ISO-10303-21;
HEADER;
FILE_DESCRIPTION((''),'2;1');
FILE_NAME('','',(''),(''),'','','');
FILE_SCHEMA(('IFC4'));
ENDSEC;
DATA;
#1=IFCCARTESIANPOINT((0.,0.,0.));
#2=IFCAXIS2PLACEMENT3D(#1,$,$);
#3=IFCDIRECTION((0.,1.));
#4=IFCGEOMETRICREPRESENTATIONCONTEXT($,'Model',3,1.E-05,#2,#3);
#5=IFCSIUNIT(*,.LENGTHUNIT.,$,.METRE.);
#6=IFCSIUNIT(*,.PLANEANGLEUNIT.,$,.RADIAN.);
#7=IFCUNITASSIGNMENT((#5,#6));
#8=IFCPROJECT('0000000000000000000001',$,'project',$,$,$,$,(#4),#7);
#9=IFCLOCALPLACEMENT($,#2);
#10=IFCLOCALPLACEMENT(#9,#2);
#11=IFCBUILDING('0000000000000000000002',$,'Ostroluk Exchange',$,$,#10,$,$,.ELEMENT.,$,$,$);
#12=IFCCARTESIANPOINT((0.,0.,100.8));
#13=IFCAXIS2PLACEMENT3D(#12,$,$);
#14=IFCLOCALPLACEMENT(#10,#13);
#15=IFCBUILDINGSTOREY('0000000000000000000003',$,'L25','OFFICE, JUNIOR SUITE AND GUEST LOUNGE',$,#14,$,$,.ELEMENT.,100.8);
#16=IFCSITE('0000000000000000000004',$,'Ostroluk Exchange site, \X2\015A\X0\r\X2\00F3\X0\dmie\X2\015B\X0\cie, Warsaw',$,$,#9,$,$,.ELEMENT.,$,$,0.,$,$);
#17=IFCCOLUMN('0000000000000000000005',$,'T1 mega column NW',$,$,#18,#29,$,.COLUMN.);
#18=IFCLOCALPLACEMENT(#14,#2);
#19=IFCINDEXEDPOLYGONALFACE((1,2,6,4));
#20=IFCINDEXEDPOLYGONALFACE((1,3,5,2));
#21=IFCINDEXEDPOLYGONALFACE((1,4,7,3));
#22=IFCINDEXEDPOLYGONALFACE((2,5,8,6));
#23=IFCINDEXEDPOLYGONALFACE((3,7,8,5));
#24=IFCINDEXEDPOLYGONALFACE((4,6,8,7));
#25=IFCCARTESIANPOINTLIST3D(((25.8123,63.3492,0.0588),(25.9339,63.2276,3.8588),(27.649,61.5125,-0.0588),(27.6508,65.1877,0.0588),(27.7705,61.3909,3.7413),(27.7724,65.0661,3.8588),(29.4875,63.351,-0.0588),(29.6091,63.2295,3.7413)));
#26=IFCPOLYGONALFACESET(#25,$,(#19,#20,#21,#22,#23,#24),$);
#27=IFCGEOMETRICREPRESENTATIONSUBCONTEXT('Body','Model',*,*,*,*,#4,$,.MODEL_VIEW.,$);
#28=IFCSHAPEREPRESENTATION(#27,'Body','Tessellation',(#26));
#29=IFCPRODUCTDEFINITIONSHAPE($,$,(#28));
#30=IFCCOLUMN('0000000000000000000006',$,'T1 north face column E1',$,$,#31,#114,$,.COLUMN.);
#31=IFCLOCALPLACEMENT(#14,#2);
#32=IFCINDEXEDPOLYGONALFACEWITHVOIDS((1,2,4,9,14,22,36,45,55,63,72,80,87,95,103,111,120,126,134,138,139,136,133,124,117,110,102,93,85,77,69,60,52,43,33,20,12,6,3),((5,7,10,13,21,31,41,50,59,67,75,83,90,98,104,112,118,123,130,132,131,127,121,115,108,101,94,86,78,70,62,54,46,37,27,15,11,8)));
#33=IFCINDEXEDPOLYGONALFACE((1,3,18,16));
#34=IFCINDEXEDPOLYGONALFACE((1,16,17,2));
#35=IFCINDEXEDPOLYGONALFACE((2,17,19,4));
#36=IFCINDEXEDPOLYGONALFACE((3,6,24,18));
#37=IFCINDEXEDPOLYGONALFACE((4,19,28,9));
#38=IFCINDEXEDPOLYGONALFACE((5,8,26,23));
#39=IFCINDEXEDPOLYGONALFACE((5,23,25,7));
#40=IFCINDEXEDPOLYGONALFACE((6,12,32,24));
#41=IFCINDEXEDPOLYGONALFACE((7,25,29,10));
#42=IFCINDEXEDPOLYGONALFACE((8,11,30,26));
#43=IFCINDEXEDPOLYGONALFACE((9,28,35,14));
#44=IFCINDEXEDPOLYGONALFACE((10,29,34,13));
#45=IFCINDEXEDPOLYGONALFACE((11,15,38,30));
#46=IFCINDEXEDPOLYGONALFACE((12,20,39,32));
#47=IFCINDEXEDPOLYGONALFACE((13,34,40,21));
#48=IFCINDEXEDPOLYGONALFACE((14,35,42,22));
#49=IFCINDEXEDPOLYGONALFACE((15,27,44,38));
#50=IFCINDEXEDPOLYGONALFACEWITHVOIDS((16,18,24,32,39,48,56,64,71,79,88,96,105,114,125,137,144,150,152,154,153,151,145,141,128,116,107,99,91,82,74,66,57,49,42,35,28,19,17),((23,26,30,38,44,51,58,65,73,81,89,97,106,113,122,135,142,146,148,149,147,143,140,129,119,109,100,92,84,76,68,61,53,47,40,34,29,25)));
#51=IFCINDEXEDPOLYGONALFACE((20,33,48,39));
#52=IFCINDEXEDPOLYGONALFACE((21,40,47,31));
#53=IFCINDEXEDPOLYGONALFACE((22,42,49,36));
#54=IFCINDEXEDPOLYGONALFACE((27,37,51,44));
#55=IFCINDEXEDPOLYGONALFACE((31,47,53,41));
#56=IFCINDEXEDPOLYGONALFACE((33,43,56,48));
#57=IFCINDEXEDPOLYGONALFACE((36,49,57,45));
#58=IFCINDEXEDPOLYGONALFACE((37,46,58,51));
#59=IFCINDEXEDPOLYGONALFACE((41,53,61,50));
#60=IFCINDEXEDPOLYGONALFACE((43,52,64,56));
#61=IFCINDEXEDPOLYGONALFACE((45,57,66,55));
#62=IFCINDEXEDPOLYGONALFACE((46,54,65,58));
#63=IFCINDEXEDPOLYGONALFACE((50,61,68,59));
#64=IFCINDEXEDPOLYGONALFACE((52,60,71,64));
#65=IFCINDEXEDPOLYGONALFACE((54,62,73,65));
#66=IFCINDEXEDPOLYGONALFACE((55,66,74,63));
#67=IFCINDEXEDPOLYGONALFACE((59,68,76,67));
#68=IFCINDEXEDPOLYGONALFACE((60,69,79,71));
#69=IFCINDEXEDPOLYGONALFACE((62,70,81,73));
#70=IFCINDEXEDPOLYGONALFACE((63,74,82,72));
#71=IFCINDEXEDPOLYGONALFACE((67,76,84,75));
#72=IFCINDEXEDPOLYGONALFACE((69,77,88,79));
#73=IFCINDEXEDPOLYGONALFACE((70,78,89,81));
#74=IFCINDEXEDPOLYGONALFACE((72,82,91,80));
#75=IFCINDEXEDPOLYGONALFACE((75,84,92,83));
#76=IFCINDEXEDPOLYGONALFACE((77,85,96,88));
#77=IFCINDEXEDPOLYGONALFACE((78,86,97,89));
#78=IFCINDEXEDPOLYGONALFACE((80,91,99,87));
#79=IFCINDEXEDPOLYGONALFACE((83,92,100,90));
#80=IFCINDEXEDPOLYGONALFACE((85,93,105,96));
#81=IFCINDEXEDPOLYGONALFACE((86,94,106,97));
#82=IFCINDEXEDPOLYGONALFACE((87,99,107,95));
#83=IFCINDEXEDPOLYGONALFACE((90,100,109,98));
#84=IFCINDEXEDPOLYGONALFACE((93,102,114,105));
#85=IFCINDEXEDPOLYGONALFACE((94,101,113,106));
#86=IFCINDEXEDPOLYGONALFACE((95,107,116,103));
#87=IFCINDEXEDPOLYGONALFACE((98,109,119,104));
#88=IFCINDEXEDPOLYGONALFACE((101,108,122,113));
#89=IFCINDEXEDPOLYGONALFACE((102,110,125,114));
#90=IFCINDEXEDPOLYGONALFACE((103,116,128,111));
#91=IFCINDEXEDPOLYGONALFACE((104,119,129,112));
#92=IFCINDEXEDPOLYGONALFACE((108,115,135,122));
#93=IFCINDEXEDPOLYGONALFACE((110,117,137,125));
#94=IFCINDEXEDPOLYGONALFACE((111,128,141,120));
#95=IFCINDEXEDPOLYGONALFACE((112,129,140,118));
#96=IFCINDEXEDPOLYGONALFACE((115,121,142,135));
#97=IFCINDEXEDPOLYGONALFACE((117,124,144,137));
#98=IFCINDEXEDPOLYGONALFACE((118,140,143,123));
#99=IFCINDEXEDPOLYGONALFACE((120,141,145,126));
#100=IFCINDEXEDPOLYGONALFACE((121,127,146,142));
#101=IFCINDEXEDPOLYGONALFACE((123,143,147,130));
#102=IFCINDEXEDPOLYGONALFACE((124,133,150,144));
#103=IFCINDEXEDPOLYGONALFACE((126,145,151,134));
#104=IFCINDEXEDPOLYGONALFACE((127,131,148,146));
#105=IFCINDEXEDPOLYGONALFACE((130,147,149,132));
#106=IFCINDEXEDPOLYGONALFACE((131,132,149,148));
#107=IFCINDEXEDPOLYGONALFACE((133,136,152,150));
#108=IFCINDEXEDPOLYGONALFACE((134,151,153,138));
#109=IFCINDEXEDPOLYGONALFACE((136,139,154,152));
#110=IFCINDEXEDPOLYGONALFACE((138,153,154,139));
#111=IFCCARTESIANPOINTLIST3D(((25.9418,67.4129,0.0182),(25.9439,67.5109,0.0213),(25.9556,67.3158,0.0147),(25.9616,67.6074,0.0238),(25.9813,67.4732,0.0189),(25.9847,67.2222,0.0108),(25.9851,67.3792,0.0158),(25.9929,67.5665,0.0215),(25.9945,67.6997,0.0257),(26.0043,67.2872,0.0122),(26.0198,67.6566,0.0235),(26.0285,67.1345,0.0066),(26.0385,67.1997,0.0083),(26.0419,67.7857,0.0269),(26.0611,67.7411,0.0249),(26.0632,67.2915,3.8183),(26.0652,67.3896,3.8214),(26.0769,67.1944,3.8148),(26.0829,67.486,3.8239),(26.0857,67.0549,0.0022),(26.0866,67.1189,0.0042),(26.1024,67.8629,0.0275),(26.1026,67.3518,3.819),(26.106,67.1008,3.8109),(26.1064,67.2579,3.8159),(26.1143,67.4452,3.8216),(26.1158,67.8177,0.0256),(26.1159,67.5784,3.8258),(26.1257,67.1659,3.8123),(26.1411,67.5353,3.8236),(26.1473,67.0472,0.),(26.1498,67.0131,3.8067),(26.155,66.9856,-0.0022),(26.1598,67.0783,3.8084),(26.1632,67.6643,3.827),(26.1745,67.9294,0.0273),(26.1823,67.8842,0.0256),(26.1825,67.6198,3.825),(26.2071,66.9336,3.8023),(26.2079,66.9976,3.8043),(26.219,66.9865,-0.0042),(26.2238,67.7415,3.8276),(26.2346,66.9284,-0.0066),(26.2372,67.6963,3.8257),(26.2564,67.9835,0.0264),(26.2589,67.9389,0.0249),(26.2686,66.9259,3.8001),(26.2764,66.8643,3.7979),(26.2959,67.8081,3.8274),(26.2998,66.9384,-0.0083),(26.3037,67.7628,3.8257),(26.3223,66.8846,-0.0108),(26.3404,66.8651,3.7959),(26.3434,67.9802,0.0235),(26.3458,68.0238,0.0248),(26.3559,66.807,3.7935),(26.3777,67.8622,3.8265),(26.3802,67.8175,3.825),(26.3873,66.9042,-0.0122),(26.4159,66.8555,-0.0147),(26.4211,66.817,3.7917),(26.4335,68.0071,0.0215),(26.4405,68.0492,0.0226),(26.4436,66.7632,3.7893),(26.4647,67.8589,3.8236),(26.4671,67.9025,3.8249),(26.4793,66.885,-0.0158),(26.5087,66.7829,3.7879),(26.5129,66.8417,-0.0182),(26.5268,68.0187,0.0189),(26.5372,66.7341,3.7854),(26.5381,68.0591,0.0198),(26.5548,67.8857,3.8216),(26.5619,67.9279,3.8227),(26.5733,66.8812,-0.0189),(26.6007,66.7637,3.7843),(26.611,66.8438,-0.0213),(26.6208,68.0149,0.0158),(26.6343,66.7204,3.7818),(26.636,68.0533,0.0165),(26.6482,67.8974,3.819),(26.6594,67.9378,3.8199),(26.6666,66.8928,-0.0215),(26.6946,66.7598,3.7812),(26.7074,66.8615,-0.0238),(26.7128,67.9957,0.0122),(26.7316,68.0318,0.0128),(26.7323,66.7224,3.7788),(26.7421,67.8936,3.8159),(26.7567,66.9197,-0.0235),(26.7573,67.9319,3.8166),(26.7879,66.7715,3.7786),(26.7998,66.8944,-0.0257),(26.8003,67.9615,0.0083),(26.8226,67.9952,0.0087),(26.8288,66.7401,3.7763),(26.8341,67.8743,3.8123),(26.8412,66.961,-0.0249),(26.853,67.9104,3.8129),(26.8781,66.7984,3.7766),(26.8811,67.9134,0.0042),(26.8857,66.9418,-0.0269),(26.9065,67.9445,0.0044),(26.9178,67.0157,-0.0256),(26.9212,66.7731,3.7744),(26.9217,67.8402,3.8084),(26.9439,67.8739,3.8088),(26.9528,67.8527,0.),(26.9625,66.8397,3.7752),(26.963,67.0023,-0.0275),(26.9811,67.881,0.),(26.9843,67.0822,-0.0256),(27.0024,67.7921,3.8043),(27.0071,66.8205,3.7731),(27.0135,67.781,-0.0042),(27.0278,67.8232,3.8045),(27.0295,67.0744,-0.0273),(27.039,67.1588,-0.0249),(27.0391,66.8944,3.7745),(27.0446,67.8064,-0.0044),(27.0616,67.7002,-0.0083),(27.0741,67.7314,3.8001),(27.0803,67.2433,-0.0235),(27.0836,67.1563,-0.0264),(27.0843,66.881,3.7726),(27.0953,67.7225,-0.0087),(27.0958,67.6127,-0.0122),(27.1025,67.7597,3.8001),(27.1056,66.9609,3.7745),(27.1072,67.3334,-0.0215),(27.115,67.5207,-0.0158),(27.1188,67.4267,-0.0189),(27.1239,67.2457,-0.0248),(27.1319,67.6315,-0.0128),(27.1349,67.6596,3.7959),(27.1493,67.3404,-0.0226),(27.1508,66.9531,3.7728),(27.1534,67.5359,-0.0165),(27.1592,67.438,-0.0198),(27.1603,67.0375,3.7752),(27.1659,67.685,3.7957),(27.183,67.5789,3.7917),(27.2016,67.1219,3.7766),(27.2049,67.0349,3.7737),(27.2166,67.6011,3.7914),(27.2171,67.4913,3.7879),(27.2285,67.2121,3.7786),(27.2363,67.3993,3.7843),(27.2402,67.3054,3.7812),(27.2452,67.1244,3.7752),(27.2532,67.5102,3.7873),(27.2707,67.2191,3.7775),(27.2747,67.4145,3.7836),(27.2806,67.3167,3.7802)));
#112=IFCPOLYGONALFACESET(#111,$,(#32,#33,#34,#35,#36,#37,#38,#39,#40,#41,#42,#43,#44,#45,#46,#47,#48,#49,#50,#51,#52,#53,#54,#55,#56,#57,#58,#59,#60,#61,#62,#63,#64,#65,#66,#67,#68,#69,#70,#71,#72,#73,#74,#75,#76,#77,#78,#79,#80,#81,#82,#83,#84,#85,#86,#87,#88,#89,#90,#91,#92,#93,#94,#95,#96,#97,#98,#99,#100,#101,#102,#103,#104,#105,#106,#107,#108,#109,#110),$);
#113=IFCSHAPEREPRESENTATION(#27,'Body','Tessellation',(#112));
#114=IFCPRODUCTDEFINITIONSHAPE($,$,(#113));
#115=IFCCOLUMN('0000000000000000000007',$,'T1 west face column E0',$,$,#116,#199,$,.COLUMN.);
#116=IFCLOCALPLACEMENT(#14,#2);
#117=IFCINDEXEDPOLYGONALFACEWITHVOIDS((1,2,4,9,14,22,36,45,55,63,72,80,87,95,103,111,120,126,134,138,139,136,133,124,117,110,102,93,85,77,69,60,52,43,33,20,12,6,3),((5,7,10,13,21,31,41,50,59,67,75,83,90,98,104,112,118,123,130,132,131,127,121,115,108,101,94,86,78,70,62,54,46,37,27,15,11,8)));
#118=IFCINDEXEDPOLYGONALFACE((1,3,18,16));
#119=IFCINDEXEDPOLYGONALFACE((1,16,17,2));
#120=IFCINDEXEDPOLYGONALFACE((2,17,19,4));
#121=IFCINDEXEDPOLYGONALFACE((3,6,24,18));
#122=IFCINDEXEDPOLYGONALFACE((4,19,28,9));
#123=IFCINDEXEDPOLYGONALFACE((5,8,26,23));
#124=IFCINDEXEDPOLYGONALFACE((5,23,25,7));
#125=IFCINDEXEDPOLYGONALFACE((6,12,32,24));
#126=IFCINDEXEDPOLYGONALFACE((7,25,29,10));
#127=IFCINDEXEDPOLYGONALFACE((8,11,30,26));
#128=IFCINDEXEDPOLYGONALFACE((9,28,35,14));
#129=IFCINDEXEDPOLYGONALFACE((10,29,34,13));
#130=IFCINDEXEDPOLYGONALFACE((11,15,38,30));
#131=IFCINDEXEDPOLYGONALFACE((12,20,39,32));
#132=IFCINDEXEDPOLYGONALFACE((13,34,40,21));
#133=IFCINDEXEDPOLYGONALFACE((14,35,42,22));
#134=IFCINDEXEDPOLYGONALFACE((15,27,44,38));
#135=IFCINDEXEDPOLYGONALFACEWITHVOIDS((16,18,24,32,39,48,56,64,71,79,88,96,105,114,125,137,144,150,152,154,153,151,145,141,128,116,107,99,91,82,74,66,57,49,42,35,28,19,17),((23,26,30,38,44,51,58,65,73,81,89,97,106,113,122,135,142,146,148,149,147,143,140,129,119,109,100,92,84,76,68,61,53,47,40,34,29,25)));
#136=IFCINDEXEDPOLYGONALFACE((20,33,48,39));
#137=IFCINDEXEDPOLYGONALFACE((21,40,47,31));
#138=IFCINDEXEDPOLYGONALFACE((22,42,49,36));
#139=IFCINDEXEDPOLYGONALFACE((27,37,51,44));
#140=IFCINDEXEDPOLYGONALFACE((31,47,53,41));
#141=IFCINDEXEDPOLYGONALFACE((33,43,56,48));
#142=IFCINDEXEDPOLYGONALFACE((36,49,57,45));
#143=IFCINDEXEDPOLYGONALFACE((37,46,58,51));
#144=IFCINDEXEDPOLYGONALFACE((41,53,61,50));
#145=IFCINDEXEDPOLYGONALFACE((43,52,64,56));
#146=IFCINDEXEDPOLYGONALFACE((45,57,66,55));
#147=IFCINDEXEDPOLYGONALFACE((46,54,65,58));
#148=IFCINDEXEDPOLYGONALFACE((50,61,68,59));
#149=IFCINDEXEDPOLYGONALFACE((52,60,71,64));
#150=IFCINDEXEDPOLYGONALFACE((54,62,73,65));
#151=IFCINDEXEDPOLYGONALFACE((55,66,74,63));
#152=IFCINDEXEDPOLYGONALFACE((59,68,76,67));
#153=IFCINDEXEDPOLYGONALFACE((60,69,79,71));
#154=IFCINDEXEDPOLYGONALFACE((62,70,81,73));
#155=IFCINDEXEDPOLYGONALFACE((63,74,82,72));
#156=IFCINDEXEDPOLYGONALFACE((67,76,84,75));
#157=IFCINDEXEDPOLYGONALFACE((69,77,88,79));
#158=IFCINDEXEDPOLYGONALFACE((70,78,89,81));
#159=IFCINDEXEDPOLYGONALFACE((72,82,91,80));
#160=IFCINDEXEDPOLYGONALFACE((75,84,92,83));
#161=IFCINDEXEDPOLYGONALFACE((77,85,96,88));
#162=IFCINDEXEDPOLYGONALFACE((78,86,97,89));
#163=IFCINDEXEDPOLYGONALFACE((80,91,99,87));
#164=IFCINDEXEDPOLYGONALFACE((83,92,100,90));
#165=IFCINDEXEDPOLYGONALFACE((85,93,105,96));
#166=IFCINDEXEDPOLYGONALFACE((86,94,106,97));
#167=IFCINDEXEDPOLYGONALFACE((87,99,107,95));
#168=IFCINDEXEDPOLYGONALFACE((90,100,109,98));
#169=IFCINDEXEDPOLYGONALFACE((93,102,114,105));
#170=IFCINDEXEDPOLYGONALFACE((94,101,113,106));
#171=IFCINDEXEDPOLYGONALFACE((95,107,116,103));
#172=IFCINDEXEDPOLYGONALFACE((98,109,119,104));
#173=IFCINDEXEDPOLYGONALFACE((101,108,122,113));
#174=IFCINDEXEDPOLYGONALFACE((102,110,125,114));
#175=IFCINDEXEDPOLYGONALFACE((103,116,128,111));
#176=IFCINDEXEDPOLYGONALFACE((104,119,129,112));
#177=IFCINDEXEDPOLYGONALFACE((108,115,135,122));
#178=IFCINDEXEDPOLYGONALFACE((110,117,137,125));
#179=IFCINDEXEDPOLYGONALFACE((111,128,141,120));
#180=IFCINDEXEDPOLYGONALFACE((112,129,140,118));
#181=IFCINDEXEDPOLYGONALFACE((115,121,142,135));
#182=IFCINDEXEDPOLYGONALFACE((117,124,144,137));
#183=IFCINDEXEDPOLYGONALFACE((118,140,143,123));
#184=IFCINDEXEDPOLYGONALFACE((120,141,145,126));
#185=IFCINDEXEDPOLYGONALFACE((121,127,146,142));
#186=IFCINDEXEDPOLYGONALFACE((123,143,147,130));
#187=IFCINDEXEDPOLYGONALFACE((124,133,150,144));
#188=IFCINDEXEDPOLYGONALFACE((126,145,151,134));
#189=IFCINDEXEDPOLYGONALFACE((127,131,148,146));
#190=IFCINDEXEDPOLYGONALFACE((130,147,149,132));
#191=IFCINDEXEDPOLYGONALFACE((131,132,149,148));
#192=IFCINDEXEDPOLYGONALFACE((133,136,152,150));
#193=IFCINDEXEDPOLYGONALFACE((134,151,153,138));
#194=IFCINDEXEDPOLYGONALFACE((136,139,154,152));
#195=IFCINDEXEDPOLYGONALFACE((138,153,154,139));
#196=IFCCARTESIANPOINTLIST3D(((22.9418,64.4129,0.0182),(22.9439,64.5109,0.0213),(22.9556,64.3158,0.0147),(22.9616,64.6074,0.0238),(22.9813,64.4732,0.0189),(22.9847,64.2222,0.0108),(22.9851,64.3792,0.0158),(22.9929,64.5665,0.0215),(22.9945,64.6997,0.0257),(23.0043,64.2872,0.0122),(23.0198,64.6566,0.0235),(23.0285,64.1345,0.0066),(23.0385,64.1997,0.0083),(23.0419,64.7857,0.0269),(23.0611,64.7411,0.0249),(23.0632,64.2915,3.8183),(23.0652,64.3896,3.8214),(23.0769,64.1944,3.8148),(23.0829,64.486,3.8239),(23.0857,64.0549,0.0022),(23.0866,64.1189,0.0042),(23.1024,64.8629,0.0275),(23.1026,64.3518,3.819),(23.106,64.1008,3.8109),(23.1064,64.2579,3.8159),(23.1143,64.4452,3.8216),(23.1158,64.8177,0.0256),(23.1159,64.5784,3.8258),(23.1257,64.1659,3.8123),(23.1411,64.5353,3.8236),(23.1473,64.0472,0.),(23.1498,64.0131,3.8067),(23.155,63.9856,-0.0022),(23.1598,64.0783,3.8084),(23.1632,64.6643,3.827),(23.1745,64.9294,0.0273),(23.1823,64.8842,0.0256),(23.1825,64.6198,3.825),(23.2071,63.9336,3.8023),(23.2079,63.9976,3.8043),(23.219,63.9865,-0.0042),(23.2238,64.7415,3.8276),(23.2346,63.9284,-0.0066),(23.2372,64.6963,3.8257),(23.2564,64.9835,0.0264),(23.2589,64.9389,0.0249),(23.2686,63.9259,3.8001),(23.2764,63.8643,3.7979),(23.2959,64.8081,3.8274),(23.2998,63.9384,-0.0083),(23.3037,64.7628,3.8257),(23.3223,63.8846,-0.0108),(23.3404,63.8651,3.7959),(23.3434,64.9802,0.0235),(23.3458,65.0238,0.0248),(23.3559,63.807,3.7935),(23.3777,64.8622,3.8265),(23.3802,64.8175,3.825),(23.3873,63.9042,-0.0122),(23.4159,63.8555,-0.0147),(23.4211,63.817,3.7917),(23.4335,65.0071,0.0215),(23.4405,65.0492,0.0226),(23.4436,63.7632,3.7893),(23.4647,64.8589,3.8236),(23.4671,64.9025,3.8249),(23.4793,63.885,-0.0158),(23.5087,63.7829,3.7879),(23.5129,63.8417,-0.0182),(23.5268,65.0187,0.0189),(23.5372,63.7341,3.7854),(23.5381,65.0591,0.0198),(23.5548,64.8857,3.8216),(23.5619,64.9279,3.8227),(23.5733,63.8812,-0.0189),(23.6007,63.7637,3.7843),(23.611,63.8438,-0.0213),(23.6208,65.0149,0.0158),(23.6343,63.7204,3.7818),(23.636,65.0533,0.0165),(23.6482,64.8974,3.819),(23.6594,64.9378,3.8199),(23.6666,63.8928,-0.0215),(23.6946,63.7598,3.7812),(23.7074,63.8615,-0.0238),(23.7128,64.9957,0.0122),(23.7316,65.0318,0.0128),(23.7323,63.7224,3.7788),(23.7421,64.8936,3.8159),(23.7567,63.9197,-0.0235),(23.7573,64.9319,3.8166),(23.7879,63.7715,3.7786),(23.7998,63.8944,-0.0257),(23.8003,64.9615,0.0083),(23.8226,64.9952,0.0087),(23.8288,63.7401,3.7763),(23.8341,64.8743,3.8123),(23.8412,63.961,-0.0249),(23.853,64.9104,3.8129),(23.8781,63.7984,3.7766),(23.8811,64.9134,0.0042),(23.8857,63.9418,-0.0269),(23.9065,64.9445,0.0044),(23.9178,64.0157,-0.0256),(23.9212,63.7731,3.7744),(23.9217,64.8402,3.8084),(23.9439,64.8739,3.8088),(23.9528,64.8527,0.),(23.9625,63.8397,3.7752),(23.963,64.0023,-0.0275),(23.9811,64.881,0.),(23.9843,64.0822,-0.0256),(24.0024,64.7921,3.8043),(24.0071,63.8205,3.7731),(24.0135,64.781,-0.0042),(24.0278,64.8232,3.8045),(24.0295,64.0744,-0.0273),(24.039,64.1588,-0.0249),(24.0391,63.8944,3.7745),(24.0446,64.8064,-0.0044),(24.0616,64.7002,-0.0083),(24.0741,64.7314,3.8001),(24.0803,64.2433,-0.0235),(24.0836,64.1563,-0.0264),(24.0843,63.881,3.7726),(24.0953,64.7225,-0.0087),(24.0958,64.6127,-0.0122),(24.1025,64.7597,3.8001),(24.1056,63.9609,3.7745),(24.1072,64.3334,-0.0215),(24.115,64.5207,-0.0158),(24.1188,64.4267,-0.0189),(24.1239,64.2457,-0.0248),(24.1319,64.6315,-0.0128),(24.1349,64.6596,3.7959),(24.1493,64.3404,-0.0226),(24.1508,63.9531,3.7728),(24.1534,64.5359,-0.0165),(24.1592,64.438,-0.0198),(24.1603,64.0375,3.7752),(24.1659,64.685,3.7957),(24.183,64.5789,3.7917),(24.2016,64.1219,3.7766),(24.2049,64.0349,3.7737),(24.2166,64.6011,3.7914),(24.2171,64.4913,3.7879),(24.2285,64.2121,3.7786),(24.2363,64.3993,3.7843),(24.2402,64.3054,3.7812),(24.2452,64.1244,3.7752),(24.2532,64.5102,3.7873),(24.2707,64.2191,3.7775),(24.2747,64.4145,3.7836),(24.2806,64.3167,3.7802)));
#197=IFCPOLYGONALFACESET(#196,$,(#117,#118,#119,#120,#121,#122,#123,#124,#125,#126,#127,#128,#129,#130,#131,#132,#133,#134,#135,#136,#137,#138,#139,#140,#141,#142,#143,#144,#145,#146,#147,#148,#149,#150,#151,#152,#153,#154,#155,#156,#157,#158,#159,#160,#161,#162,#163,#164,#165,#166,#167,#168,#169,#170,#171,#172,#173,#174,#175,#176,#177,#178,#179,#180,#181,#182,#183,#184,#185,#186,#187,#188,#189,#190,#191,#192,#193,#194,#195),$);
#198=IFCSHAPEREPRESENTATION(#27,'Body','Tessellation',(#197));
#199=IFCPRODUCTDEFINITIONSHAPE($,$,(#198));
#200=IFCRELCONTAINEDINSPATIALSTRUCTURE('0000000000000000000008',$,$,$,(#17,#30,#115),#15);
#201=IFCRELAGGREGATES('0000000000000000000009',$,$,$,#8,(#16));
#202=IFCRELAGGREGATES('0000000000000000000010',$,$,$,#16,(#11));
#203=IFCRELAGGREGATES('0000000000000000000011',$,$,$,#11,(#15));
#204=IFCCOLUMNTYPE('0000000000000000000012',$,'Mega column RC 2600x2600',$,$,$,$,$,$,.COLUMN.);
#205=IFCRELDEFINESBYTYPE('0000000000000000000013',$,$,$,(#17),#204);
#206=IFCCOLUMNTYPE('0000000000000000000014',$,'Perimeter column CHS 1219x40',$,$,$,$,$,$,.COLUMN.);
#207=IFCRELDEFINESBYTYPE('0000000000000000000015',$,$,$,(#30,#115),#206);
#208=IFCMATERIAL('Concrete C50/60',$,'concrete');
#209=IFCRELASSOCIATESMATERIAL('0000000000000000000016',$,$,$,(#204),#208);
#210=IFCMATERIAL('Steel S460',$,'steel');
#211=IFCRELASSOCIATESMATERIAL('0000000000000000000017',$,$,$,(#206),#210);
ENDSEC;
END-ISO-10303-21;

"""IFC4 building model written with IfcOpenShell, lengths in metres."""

from ifc_helpers import new_model, si_unit, direction, frame, origin, origin_2d, place, context, subcontext, project, spatial, rectangle, hollow_circle, extrude, material, material_profile, profile_set, type_object, element, save


model = new_model("IFC4")

# Units and contexts
model_context = context("Model", 3, precision=1e-05, world=origin(), true_north=direction((0.0, 1.0)))
body_context = subcontext(model_context, "Body", "Model", "MODEL_VIEW")
ifc_project = project(units=[si_unit("LENGTHUNIT", "METRE"), si_unit("PLANEANGLEUNIT", "RADIAN")], contexts=[model_context])

# Site, building, storey
site_placement = place(None, origin())
site = spatial("IfcSite", under=ifc_project, at=site_placement, Name="Ostroluk Exchange site, Śródmieście, Warsaw", CompositionType="ELEMENT", RefElevation=0.0)
building_placement = place(site_placement, origin())
building = spatial("IfcBuilding", under=site, at=building_placement, Name="Ostroluk Exchange", CompositionType="ELEMENT")
storey_placement = place(building_placement, frame((0.0, 0.0, 100.8)))
storey = spatial("IfcBuildingStorey", under=building, at=storey_placement, Name="L25", Description="OFFICE, JUNIOR SUITE AND GUEST LOUNGE", CompositionType="ELEMENT", Elevation=100.8)

# Columns
ifc_material_1 = material(Name="Concrete C50/60", Category="concrete")
ifc_material_profile_1 = material_profile(ifc_material_1, rectangle(XDim=2.6001, YDim=2.6001, at=origin_2d()), Name="RC 2600x2600")
ifc_profile_set_1 = profile_set([ifc_material_profile_1], Name="Concrete C50/60")
column_type_1 = type_object("IfcColumnType", Name="Mega column RC 2600x2600", PredefinedType="COLUMN", material=ifc_profile_set_1)
column_placement = place(storey_placement, frame((27.6499, 63.3501, 0.0), z_axis=(0.031962, -0.031962, 0.998978), x_axis=(0.707107, 0.707107, 0.0)))
element("IfcColumn", 1, at=column_placement, inside=storey, type_object=column_type_1, Name="T1 mega column NW", PredefinedType="COLUMN", context=body_context, shape_type="SweptSolid", body=[
    extrude(rectangle(XDim=2.6001, YDim=2.6001, at=origin_2d()), origin(), (0.0, 0.0, 1.0), 3.804),
])
ifc_material_2 = material(Name="Steel S460", Category="steel")
ifc_material_profile_2 = material_profile(ifc_material_2, hollow_circle(Radius=0.6096, WallThickness=0.04, at=origin_2d()), Name="CHS 1219x40")
ifc_profile_set_2 = profile_set([ifc_material_profile_2], Name="Steel S460")
column_type_2 = type_object("IfcColumnType", Name="Perimeter column CHS 1219x40", PredefinedType="COLUMN", material=ifc_profile_set_2)
for number, where, z_axis, x_axis, name in (
    (2, (26.55, 67.45, 0.0), (0.031898, -0.031898, 0.998982), (0.707107, 0.707107, 0.0), "T1 north face column E1"),
    (3, (23.55, 64.45, 0.0), (0.031898, -0.031898, 0.998982), (0.707107, 0.707107, 0.0), "T1 west face column E0"),
):
    element("IfcColumn", number, at=place(storey_placement, frame(where, z_axis=z_axis, x_axis=x_axis)), inside=storey, type_object=column_type_2, Name=name, PredefinedType="COLUMN", context=body_context, shape_type="SweptSolid", body=[
        extrude(hollow_circle(Radius=0.6096, WallThickness=0.04, at=origin_2d()), origin(), (0.0, 0.0, 1.0), 3.804),
    ])

save(model, "model.ifc")
